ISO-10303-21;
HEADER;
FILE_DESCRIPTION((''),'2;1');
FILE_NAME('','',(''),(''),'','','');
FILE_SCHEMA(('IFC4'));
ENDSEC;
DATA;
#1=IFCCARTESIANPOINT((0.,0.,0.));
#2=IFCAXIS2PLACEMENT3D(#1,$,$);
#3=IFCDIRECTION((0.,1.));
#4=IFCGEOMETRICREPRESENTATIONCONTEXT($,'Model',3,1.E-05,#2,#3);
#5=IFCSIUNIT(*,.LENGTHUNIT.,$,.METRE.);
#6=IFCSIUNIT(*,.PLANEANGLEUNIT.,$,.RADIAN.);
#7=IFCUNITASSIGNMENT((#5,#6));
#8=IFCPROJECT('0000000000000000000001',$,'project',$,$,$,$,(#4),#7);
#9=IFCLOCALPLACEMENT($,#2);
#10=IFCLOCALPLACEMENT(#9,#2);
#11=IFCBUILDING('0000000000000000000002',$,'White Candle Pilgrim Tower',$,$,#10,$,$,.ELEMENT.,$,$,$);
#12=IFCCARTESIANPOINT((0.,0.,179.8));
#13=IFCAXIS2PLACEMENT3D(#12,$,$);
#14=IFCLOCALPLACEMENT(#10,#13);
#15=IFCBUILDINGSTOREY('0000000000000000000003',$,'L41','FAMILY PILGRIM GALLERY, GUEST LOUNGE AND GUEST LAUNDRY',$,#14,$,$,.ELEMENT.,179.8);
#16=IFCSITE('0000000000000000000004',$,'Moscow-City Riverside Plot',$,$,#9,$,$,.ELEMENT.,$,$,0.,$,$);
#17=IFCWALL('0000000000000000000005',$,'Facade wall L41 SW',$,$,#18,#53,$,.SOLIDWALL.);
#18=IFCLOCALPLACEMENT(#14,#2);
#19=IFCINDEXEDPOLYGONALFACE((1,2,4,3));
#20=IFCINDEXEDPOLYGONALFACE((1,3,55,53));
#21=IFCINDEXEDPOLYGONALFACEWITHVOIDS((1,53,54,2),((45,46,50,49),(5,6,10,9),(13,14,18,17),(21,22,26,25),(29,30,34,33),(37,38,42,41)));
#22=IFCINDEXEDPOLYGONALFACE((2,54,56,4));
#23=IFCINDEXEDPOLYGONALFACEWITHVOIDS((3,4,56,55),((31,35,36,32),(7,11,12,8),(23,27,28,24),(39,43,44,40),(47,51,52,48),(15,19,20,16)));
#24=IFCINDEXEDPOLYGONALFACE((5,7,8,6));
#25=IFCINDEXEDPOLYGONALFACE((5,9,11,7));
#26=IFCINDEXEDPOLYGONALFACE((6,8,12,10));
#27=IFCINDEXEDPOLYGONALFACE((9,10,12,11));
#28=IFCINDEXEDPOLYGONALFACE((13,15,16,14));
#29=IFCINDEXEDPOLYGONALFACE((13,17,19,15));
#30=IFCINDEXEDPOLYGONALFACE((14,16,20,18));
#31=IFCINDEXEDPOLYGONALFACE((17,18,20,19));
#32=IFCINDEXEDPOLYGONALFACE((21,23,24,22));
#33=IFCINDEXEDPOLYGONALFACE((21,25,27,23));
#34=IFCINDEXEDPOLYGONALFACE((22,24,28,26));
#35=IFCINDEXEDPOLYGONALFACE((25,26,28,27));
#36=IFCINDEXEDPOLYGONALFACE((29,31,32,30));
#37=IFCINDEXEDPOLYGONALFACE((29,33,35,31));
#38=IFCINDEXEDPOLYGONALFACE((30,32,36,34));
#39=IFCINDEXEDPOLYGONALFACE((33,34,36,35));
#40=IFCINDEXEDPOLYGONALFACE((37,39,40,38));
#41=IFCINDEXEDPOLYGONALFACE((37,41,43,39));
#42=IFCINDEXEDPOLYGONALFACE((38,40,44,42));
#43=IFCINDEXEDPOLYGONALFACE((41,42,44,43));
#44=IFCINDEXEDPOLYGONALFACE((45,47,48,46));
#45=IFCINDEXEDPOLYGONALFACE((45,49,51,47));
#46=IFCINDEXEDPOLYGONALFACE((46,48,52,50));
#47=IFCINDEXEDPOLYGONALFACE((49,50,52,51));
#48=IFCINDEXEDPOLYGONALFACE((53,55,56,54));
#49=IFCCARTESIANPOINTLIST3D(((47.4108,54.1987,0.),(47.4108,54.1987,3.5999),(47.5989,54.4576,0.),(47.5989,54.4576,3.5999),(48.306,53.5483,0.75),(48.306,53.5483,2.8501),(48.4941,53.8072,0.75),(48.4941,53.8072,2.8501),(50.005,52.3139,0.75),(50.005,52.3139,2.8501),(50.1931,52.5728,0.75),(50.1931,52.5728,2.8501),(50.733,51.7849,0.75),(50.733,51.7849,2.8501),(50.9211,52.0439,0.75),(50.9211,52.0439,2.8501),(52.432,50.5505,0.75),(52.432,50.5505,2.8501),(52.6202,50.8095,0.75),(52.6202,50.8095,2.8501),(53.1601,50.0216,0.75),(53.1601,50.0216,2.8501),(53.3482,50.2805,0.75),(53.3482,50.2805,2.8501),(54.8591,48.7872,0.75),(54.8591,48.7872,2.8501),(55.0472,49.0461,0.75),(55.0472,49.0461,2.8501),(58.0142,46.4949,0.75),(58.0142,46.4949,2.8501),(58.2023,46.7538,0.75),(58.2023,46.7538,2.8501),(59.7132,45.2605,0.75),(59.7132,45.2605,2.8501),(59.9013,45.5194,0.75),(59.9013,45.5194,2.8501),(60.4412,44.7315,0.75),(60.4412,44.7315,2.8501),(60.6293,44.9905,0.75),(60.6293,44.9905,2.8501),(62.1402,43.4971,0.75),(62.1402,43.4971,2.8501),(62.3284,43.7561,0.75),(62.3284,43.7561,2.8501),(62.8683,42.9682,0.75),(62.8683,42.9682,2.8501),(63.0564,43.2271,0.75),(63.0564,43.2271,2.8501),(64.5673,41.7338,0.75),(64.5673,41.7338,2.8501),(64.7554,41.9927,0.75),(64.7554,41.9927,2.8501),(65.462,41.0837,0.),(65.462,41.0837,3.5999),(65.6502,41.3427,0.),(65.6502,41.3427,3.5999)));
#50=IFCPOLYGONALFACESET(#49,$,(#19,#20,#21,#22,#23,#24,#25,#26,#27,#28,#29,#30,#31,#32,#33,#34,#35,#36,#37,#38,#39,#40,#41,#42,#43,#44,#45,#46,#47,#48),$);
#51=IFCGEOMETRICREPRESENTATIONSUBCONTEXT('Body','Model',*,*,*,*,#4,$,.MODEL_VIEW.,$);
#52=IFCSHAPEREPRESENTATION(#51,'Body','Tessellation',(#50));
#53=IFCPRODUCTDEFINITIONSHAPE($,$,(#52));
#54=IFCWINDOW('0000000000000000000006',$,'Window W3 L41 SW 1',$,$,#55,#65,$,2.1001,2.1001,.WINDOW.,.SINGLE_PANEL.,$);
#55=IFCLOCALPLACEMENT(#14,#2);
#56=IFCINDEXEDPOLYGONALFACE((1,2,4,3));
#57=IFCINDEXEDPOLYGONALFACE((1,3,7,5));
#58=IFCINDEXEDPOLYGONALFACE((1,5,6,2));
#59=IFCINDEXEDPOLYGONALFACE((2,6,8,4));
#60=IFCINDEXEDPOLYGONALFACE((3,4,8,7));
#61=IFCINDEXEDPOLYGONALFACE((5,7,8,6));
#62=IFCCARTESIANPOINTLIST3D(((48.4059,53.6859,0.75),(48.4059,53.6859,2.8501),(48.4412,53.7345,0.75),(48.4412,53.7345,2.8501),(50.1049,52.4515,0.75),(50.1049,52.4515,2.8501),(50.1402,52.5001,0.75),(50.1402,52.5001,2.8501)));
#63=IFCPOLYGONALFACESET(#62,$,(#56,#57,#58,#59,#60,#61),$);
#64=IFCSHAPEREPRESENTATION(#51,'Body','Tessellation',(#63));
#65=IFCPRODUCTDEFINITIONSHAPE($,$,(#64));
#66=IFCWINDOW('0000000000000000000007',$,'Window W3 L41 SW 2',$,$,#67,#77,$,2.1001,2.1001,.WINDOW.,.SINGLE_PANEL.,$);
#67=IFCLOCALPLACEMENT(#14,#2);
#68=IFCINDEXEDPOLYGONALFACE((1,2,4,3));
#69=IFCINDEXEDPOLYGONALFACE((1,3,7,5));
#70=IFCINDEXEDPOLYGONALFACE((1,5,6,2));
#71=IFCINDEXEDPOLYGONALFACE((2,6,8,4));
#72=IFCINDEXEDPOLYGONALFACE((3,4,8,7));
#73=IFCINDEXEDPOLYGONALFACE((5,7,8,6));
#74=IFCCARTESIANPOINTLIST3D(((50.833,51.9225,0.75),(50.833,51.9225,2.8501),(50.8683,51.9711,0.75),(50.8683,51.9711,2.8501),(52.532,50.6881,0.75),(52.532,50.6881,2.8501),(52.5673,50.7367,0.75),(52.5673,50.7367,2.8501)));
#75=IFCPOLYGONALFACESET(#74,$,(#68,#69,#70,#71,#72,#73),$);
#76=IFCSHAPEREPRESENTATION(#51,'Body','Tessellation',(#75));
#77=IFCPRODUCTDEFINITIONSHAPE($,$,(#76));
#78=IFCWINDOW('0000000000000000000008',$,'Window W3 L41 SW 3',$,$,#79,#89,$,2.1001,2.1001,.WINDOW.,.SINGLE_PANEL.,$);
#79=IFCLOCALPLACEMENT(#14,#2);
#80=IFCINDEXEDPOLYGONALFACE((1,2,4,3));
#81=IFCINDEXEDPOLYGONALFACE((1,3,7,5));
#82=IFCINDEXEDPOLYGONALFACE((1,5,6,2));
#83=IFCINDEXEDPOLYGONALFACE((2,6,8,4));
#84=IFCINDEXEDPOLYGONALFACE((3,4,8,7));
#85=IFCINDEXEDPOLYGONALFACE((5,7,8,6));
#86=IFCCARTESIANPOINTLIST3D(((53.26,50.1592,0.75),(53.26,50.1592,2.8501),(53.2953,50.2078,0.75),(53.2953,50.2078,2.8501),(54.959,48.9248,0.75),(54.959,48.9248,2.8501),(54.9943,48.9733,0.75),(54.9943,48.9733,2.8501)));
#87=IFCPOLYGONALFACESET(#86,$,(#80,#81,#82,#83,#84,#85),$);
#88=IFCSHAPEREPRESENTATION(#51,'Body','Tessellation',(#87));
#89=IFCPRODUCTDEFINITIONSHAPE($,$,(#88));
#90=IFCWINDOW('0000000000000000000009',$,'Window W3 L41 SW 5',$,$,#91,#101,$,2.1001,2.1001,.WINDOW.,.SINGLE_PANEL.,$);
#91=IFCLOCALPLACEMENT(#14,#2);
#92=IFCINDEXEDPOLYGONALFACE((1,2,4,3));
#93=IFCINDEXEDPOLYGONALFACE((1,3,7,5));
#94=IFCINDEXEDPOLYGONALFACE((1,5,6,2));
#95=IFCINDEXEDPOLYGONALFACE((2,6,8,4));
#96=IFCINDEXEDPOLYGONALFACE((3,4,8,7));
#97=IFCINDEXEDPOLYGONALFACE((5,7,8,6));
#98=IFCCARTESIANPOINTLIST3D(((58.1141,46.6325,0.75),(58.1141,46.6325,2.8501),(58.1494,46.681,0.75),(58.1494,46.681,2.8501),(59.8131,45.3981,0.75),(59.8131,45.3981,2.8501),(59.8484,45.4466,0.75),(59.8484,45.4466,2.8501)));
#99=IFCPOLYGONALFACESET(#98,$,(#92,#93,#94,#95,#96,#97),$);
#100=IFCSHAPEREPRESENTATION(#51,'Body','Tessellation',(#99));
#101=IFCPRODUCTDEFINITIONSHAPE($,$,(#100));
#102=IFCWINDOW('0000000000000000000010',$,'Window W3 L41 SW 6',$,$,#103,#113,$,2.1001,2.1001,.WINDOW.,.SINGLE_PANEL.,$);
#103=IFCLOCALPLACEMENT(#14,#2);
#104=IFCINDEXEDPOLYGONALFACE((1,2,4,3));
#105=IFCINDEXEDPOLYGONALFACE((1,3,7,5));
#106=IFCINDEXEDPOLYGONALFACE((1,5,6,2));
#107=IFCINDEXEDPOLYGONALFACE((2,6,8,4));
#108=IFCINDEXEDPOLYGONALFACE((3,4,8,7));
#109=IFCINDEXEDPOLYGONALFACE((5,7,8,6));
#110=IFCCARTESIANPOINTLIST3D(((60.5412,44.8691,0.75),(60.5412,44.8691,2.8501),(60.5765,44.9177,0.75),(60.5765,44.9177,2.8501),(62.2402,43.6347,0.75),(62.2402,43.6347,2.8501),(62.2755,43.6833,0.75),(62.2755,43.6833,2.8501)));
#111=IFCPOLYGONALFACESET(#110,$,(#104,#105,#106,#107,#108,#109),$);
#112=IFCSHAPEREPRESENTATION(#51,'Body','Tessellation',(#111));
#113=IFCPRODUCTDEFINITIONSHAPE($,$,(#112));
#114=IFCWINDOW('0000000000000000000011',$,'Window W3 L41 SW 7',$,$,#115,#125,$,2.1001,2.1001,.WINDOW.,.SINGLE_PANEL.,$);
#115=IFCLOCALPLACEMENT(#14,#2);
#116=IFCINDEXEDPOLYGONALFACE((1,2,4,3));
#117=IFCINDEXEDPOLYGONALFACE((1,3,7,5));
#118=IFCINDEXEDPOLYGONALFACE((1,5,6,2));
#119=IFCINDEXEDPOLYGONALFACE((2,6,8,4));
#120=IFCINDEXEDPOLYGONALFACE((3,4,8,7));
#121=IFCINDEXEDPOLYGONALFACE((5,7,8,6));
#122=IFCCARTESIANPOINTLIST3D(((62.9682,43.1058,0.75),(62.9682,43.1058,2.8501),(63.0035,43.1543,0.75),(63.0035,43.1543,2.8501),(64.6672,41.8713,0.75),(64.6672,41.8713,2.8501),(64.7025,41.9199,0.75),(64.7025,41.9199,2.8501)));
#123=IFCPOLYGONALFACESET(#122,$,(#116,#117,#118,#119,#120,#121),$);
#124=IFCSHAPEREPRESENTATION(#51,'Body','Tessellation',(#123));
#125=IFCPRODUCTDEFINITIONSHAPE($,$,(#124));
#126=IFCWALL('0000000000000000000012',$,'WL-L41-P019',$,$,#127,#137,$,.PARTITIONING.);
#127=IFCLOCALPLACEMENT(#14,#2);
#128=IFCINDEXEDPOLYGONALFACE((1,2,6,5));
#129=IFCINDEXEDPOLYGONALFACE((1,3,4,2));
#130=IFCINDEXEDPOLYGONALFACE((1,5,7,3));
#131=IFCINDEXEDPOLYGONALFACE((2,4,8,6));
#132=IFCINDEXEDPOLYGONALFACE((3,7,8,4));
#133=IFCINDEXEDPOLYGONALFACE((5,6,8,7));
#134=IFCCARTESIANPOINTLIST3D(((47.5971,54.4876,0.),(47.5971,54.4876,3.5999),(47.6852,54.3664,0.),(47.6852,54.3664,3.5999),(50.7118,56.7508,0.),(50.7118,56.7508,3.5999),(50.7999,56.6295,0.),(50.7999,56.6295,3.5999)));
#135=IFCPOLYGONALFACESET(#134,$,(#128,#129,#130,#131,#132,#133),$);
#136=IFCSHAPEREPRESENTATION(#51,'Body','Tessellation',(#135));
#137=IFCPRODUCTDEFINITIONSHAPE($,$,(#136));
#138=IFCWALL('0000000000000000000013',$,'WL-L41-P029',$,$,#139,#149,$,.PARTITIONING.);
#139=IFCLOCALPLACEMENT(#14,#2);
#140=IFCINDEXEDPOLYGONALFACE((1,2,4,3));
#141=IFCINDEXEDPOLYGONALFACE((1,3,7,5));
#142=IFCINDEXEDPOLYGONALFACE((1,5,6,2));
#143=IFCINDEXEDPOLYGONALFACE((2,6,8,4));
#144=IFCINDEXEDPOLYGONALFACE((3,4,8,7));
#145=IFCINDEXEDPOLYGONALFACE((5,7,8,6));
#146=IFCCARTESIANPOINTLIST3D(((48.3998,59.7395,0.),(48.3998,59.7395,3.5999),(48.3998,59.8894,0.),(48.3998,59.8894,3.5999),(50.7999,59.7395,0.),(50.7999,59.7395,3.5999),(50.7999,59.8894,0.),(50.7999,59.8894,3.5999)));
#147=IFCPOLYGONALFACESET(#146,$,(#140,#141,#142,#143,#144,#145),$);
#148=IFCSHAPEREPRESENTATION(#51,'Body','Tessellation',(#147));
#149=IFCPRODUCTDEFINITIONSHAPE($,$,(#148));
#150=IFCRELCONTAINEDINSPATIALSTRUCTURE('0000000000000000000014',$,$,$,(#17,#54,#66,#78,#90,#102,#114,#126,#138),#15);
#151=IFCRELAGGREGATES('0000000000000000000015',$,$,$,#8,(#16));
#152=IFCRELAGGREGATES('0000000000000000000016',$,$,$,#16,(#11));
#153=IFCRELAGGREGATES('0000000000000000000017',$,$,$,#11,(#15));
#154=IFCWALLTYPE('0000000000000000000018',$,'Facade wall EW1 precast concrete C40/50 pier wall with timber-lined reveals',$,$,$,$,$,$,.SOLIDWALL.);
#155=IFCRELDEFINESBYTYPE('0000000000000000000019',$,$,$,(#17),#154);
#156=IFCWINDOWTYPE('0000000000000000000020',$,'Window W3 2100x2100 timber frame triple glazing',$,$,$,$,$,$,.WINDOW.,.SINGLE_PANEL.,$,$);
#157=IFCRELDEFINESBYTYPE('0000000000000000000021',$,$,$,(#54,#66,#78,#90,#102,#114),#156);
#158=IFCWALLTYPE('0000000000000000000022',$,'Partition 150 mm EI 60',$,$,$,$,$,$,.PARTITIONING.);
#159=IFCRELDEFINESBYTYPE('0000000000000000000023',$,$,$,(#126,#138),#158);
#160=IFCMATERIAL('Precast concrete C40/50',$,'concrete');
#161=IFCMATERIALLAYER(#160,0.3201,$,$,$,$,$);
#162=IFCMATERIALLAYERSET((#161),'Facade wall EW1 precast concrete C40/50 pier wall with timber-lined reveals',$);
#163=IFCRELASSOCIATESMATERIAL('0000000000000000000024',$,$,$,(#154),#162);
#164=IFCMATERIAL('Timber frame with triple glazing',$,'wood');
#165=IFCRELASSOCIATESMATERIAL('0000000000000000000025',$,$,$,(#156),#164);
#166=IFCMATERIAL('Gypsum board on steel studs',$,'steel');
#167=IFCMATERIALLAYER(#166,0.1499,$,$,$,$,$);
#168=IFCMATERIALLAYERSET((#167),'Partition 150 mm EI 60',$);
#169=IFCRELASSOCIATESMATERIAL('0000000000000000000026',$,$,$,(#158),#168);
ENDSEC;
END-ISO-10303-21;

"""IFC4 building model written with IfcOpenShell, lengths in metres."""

from ifc_helpers import new_model, si_unit, direction, frame, frame_2d, origin, place, context, subcontext, project, spatial, rectangle, extrude, material, layer, layer_set, type_object, element, fill, save


model = new_model("IFC4")

# Units and contexts
model_context = context("Model", 3, precision=1e-05, world=origin(), true_north=direction((0.0, 1.0)))
body_context = subcontext(model_context, "Body", "Model", "MODEL_VIEW")
ifc_project = project(units=[si_unit("LENGTHUNIT", "METRE"), si_unit("PLANEANGLEUNIT", "RADIAN")], contexts=[model_context])

# Site, building, storey
site_placement = place(None, origin())
site = spatial("IfcSite", under=ifc_project, at=site_placement, Name="Moscow-City Riverside Plot", CompositionType="ELEMENT", RefElevation=0.0)
building_placement = place(site_placement, origin())
building = spatial("IfcBuilding", under=site, at=building_placement, Name="White Candle Pilgrim Tower", CompositionType="ELEMENT")
storey_placement = place(building_placement, frame((0.0, 0.0, 179.8)))
storey = spatial("IfcBuildingStorey", under=building, at=storey_placement, Name="L41", Description="FAMILY PILGRIM GALLERY, GUEST LOUNGE AND GUEST LAUNDRY", CompositionType="ELEMENT", Elevation=179.8)

# Shared definitions
ifc_material_1 = material(Name="Gypsum board on steel studs", Category="steel")

# Wall, openings, windows
ifc_material_2 = material(Name="Precast concrete C40/50", Category="concrete")
ifc_layer_1 = layer(ifc_material_2, 0.3201)
ifc_layer_set_1 = layer_set([ifc_layer_1], Name="Facade wall EW1 precast concrete C40/50 pier wall with timber-lined reveals")
wall_type_1 = type_object("IfcWallType", Name="Facade wall EW1 precast concrete C40/50 pier wall with timber-lined reveals", PredefinedType="SOLIDWALL", material=ifc_layer_set_1)
wall_1_placement = place(storey_placement, frame((47.5049, 54.3281, 0.0), z_axis=(0.0, 0.0, 1.0), x_axis=(0.809018, -0.587785, 0.0)))
wall_1 = element("IfcWall", 1, at=wall_1_placement, inside=storey, type_object=wall_type_1, Name="Facade wall L41 SW", PredefinedType="SOLIDWALL", context=body_context, shape_type="SweptSolid", body=[
    extrude(rectangle(XDim=22.3125, YDim=0.3201, at=frame_2d((11.1562, 0.0))), origin(), (0.0, 0.0, 1.0), 3.5999),
])
opening_1_placement = place(wall_1_placement, frame((1.1064, 0.0, 0.75)))
opening_1 = element("IfcOpeningElement", 2, at=opening_1_placement, cuts=wall_1, PredefinedType="OPENING", context=body_context, shape_type="SweptSolid", body=[
    extrude(rectangle(XDim=2.1001, YDim=2.1001, at=frame_2d((1.05, 1.05))), frame((0.0, 0.1699, 0.0), z_axis=(0.0, -1.0, 0.0), x_axis=(1.0, 0.0, 0.0)), (0.0, 0.0, 1.0), 0.3401),
])
opening_2_placement = place(wall_1_placement, frame((4.1064, 0.0, 0.75)))
opening_2 = element("IfcOpeningElement", 3, at=opening_2_placement, cuts=wall_1, PredefinedType="OPENING", context=body_context, shape_type="SweptSolid", body=[
    extrude(rectangle(XDim=2.1001, YDim=2.1001, at=frame_2d((1.05, 1.05))), frame((0.0, 0.1699, 0.0), z_axis=(0.0, -1.0, 0.0), x_axis=(1.0, 0.0, 0.0)), (0.0, 0.0, 1.0), 0.3401),
])
opening_3_placement = place(wall_1_placement, frame((7.1064, 0.0, 0.75)))
opening_3 = element("IfcOpeningElement", 4, at=opening_3_placement, cuts=wall_1, PredefinedType="OPENING", context=body_context, shape_type="SweptSolid", body=[
    extrude(rectangle(XDim=2.1001, YDim=2.1001, at=frame_2d((1.05, 1.05))), frame((0.0, 0.1699, 0.0), z_axis=(0.0, -1.0, 0.0), x_axis=(1.0, 0.0, 0.0)), (0.0, 0.0, 1.0), 0.3401),
])
opening_4_placement = place(wall_1_placement, frame((13.1064, 0.0, 0.75)))
opening_4 = element("IfcOpeningElement", 5, at=opening_4_placement, cuts=wall_1, PredefinedType="OPENING", context=body_context, shape_type="SweptSolid", body=[
    extrude(rectangle(XDim=2.1001, YDim=2.1001, at=frame_2d((1.05, 1.05))), frame((0.0, 0.1699, 0.0), z_axis=(0.0, -1.0, 0.0), x_axis=(1.0, 0.0, 0.0)), (0.0, 0.0, 1.0), 0.3401),
])
opening_5_placement = place(wall_1_placement, frame((16.1064, 0.0, 0.75)))
opening_5 = element("IfcOpeningElement", 6, at=opening_5_placement, cuts=wall_1, PredefinedType="OPENING", context=body_context, shape_type="SweptSolid", body=[
    extrude(rectangle(XDim=2.1001, YDim=2.1001, at=frame_2d((1.05, 1.05))), frame((0.0, 0.1699, 0.0), z_axis=(0.0, -1.0, 0.0), x_axis=(1.0, 0.0, 0.0)), (0.0, 0.0, 1.0), 0.3401),
])
opening_6_placement = place(wall_1_placement, frame((19.1064, 0.0, 0.75)))
opening_6 = element("IfcOpeningElement", 7, at=opening_6_placement, cuts=wall_1, PredefinedType="OPENING", context=body_context, shape_type="SweptSolid", body=[
    extrude(rectangle(XDim=2.1001, YDim=2.1001, at=frame_2d((1.05, 1.05))), frame((0.0, 0.1699, 0.0), z_axis=(0.0, -1.0, 0.0), x_axis=(1.0, 0.0, 0.0)), (0.0, 0.0, 1.0), 0.3401),
])
ifc_material_3 = material(Name="Timber frame with triple glazing", Category="wood")
window_type = type_object("IfcWindowType", Name="Window W3 2100x2100 timber frame triple glazing", PartitioningType="SINGLE_PANEL", PredefinedType="WINDOW", material=ifc_material_3)
window_1_placement = place(opening_1_placement, origin())
window_1 = element("IfcWindow", 8, at=window_1_placement, inside=storey, type_object=window_type, Name="Window W3 L41 SW 1", OverallHeight=2.1001, OverallWidth=2.1001, PartitioningType="SINGLE_PANEL", PredefinedType="WINDOW", context=body_context, shape_type="SweptSolid", body=[
    extrude(rectangle(XDim=2.1001, YDim=2.1001, at=frame_2d((1.05, 1.05))), frame((0.0, 0.0701, 0.0), z_axis=(0.0, -1.0, 0.0), x_axis=(1.0, 0.0, 0.0)), (0.0, 0.0, 1.0), 0.0601),
])
fill(opening_1, window_1)
window_2_placement = place(opening_2_placement, origin())
window_2 = element("IfcWindow", 9, at=window_2_placement, inside=storey, type_object=window_type, Name="Window W3 L41 SW 2", OverallHeight=2.1001, OverallWidth=2.1001, PartitioningType="SINGLE_PANEL", PredefinedType="WINDOW", context=body_context, shape_type="SweptSolid", body=[
    extrude(rectangle(XDim=2.1001, YDim=2.1001, at=frame_2d((1.05, 1.05))), frame((0.0, 0.0701, 0.0), z_axis=(0.0, -1.0, 0.0), x_axis=(1.0, 0.0, 0.0)), (0.0, 0.0, 1.0), 0.0601),
])
fill(opening_2, window_2)
window_3_placement = place(opening_3_placement, origin())
window_3 = element("IfcWindow", 10, at=window_3_placement, inside=storey, type_object=window_type, Name="Window W3 L41 SW 3", OverallHeight=2.1001, OverallWidth=2.1001, PartitioningType="SINGLE_PANEL", PredefinedType="WINDOW", context=body_context, shape_type="SweptSolid", body=[
    extrude(rectangle(XDim=2.1001, YDim=2.1001, at=frame_2d((1.05, 1.05))), frame((0.0, 0.0701, 0.0), z_axis=(0.0, -1.0, 0.0), x_axis=(1.0, 0.0, 0.0)), (0.0, 0.0, 1.0), 0.0601),
])
fill(opening_3, window_3)
window_4_placement = place(opening_4_placement, origin())
window_4 = element("IfcWindow", 11, at=window_4_placement, inside=storey, type_object=window_type, Name="Window W3 L41 SW 5", OverallHeight=2.1001, OverallWidth=2.1001, PartitioningType="SINGLE_PANEL", PredefinedType="WINDOW", context=body_context, shape_type="SweptSolid", body=[
    extrude(rectangle(XDim=2.1001, YDim=2.1001, at=frame_2d((1.05, 1.05))), frame((0.0, 0.0701, 0.0), z_axis=(0.0, -1.0, 0.0), x_axis=(1.0, 0.0, 0.0)), (0.0, 0.0, 1.0), 0.0601),
])
fill(opening_4, window_4)
window_5_placement = place(opening_5_placement, origin())
window_5 = element("IfcWindow", 12, at=window_5_placement, inside=storey, type_object=window_type, Name="Window W3 L41 SW 6", OverallHeight=2.1001, OverallWidth=2.1001, PartitioningType="SINGLE_PANEL", PredefinedType="WINDOW", context=body_context, shape_type="SweptSolid", body=[
    extrude(rectangle(XDim=2.1001, YDim=2.1001, at=frame_2d((1.05, 1.05))), frame((0.0, 0.0701, 0.0), z_axis=(0.0, -1.0, 0.0), x_axis=(1.0, 0.0, 0.0)), (0.0, 0.0, 1.0), 0.0601),
])
fill(opening_5, window_5)
window_6_placement = place(opening_6_placement, origin())
window_6 = element("IfcWindow", 13, at=window_6_placement, inside=storey, type_object=window_type, Name="Window W3 L41 SW 7", OverallHeight=2.1001, OverallWidth=2.1001, PartitioningType="SINGLE_PANEL", PredefinedType="WINDOW", context=body_context, shape_type="SweptSolid", body=[
    extrude(rectangle(XDim=2.1001, YDim=2.1001, at=frame_2d((1.05, 1.05))), frame((0.0, 0.0701, 0.0), z_axis=(0.0, -1.0, 0.0), x_axis=(1.0, 0.0, 0.0)), (0.0, 0.0, 1.0), 0.0601),
])
fill(opening_6, window_6)

# Walls
ifc_layer_2 = layer(ifc_material_1, 0.1499)
ifc_layer_set_2 = layer_set([ifc_layer_2], Name="Partition 150 mm EI 60")
wall_type_2 = type_object("IfcWallType", Name="Partition 150 mm EI 60", PredefinedType="PARTITIONING", material=ifc_layer_set_2)
wall_2_placement = place(storey_placement, frame((47.6411, 54.427, 0.0), z_axis=(0.0, 0.0, 1.0), x_axis=(0.808994, 0.587817, 0.0)))
element("IfcWall", 14, at=wall_2_placement, inside=storey, type_object=wall_type_2, Name="WL-L41-P019", PredefinedType="PARTITIONING", context=body_context, shape_type="SweptSolid", body=[
    extrude(rectangle(XDim=3.8501, YDim=0.1499, at=frame_2d((1.925, 0.0))), origin(), (0.0, 0.0, 1.0), 3.5999),
])
wall_3_placement = place(storey_placement, frame((50.8, 59.8145, 0.0), z_axis=(0.0, 0.0, 1.0), x_axis=(-1.0, 0.0, 0.0)))
element("IfcWall", 15, at=wall_3_placement, inside=storey, type_object=wall_type_2, Name="WL-L41-P029", PredefinedType="PARTITIONING", context=body_context, shape_type="SweptSolid", body=[
    extrude(rectangle(XDim=2.4001, YDim=0.1499, at=frame_2d((1.2002, 0.0))), origin(), (0.0, 0.0, 1.0), 3.5999),
])

save(model, "model.ifc")
